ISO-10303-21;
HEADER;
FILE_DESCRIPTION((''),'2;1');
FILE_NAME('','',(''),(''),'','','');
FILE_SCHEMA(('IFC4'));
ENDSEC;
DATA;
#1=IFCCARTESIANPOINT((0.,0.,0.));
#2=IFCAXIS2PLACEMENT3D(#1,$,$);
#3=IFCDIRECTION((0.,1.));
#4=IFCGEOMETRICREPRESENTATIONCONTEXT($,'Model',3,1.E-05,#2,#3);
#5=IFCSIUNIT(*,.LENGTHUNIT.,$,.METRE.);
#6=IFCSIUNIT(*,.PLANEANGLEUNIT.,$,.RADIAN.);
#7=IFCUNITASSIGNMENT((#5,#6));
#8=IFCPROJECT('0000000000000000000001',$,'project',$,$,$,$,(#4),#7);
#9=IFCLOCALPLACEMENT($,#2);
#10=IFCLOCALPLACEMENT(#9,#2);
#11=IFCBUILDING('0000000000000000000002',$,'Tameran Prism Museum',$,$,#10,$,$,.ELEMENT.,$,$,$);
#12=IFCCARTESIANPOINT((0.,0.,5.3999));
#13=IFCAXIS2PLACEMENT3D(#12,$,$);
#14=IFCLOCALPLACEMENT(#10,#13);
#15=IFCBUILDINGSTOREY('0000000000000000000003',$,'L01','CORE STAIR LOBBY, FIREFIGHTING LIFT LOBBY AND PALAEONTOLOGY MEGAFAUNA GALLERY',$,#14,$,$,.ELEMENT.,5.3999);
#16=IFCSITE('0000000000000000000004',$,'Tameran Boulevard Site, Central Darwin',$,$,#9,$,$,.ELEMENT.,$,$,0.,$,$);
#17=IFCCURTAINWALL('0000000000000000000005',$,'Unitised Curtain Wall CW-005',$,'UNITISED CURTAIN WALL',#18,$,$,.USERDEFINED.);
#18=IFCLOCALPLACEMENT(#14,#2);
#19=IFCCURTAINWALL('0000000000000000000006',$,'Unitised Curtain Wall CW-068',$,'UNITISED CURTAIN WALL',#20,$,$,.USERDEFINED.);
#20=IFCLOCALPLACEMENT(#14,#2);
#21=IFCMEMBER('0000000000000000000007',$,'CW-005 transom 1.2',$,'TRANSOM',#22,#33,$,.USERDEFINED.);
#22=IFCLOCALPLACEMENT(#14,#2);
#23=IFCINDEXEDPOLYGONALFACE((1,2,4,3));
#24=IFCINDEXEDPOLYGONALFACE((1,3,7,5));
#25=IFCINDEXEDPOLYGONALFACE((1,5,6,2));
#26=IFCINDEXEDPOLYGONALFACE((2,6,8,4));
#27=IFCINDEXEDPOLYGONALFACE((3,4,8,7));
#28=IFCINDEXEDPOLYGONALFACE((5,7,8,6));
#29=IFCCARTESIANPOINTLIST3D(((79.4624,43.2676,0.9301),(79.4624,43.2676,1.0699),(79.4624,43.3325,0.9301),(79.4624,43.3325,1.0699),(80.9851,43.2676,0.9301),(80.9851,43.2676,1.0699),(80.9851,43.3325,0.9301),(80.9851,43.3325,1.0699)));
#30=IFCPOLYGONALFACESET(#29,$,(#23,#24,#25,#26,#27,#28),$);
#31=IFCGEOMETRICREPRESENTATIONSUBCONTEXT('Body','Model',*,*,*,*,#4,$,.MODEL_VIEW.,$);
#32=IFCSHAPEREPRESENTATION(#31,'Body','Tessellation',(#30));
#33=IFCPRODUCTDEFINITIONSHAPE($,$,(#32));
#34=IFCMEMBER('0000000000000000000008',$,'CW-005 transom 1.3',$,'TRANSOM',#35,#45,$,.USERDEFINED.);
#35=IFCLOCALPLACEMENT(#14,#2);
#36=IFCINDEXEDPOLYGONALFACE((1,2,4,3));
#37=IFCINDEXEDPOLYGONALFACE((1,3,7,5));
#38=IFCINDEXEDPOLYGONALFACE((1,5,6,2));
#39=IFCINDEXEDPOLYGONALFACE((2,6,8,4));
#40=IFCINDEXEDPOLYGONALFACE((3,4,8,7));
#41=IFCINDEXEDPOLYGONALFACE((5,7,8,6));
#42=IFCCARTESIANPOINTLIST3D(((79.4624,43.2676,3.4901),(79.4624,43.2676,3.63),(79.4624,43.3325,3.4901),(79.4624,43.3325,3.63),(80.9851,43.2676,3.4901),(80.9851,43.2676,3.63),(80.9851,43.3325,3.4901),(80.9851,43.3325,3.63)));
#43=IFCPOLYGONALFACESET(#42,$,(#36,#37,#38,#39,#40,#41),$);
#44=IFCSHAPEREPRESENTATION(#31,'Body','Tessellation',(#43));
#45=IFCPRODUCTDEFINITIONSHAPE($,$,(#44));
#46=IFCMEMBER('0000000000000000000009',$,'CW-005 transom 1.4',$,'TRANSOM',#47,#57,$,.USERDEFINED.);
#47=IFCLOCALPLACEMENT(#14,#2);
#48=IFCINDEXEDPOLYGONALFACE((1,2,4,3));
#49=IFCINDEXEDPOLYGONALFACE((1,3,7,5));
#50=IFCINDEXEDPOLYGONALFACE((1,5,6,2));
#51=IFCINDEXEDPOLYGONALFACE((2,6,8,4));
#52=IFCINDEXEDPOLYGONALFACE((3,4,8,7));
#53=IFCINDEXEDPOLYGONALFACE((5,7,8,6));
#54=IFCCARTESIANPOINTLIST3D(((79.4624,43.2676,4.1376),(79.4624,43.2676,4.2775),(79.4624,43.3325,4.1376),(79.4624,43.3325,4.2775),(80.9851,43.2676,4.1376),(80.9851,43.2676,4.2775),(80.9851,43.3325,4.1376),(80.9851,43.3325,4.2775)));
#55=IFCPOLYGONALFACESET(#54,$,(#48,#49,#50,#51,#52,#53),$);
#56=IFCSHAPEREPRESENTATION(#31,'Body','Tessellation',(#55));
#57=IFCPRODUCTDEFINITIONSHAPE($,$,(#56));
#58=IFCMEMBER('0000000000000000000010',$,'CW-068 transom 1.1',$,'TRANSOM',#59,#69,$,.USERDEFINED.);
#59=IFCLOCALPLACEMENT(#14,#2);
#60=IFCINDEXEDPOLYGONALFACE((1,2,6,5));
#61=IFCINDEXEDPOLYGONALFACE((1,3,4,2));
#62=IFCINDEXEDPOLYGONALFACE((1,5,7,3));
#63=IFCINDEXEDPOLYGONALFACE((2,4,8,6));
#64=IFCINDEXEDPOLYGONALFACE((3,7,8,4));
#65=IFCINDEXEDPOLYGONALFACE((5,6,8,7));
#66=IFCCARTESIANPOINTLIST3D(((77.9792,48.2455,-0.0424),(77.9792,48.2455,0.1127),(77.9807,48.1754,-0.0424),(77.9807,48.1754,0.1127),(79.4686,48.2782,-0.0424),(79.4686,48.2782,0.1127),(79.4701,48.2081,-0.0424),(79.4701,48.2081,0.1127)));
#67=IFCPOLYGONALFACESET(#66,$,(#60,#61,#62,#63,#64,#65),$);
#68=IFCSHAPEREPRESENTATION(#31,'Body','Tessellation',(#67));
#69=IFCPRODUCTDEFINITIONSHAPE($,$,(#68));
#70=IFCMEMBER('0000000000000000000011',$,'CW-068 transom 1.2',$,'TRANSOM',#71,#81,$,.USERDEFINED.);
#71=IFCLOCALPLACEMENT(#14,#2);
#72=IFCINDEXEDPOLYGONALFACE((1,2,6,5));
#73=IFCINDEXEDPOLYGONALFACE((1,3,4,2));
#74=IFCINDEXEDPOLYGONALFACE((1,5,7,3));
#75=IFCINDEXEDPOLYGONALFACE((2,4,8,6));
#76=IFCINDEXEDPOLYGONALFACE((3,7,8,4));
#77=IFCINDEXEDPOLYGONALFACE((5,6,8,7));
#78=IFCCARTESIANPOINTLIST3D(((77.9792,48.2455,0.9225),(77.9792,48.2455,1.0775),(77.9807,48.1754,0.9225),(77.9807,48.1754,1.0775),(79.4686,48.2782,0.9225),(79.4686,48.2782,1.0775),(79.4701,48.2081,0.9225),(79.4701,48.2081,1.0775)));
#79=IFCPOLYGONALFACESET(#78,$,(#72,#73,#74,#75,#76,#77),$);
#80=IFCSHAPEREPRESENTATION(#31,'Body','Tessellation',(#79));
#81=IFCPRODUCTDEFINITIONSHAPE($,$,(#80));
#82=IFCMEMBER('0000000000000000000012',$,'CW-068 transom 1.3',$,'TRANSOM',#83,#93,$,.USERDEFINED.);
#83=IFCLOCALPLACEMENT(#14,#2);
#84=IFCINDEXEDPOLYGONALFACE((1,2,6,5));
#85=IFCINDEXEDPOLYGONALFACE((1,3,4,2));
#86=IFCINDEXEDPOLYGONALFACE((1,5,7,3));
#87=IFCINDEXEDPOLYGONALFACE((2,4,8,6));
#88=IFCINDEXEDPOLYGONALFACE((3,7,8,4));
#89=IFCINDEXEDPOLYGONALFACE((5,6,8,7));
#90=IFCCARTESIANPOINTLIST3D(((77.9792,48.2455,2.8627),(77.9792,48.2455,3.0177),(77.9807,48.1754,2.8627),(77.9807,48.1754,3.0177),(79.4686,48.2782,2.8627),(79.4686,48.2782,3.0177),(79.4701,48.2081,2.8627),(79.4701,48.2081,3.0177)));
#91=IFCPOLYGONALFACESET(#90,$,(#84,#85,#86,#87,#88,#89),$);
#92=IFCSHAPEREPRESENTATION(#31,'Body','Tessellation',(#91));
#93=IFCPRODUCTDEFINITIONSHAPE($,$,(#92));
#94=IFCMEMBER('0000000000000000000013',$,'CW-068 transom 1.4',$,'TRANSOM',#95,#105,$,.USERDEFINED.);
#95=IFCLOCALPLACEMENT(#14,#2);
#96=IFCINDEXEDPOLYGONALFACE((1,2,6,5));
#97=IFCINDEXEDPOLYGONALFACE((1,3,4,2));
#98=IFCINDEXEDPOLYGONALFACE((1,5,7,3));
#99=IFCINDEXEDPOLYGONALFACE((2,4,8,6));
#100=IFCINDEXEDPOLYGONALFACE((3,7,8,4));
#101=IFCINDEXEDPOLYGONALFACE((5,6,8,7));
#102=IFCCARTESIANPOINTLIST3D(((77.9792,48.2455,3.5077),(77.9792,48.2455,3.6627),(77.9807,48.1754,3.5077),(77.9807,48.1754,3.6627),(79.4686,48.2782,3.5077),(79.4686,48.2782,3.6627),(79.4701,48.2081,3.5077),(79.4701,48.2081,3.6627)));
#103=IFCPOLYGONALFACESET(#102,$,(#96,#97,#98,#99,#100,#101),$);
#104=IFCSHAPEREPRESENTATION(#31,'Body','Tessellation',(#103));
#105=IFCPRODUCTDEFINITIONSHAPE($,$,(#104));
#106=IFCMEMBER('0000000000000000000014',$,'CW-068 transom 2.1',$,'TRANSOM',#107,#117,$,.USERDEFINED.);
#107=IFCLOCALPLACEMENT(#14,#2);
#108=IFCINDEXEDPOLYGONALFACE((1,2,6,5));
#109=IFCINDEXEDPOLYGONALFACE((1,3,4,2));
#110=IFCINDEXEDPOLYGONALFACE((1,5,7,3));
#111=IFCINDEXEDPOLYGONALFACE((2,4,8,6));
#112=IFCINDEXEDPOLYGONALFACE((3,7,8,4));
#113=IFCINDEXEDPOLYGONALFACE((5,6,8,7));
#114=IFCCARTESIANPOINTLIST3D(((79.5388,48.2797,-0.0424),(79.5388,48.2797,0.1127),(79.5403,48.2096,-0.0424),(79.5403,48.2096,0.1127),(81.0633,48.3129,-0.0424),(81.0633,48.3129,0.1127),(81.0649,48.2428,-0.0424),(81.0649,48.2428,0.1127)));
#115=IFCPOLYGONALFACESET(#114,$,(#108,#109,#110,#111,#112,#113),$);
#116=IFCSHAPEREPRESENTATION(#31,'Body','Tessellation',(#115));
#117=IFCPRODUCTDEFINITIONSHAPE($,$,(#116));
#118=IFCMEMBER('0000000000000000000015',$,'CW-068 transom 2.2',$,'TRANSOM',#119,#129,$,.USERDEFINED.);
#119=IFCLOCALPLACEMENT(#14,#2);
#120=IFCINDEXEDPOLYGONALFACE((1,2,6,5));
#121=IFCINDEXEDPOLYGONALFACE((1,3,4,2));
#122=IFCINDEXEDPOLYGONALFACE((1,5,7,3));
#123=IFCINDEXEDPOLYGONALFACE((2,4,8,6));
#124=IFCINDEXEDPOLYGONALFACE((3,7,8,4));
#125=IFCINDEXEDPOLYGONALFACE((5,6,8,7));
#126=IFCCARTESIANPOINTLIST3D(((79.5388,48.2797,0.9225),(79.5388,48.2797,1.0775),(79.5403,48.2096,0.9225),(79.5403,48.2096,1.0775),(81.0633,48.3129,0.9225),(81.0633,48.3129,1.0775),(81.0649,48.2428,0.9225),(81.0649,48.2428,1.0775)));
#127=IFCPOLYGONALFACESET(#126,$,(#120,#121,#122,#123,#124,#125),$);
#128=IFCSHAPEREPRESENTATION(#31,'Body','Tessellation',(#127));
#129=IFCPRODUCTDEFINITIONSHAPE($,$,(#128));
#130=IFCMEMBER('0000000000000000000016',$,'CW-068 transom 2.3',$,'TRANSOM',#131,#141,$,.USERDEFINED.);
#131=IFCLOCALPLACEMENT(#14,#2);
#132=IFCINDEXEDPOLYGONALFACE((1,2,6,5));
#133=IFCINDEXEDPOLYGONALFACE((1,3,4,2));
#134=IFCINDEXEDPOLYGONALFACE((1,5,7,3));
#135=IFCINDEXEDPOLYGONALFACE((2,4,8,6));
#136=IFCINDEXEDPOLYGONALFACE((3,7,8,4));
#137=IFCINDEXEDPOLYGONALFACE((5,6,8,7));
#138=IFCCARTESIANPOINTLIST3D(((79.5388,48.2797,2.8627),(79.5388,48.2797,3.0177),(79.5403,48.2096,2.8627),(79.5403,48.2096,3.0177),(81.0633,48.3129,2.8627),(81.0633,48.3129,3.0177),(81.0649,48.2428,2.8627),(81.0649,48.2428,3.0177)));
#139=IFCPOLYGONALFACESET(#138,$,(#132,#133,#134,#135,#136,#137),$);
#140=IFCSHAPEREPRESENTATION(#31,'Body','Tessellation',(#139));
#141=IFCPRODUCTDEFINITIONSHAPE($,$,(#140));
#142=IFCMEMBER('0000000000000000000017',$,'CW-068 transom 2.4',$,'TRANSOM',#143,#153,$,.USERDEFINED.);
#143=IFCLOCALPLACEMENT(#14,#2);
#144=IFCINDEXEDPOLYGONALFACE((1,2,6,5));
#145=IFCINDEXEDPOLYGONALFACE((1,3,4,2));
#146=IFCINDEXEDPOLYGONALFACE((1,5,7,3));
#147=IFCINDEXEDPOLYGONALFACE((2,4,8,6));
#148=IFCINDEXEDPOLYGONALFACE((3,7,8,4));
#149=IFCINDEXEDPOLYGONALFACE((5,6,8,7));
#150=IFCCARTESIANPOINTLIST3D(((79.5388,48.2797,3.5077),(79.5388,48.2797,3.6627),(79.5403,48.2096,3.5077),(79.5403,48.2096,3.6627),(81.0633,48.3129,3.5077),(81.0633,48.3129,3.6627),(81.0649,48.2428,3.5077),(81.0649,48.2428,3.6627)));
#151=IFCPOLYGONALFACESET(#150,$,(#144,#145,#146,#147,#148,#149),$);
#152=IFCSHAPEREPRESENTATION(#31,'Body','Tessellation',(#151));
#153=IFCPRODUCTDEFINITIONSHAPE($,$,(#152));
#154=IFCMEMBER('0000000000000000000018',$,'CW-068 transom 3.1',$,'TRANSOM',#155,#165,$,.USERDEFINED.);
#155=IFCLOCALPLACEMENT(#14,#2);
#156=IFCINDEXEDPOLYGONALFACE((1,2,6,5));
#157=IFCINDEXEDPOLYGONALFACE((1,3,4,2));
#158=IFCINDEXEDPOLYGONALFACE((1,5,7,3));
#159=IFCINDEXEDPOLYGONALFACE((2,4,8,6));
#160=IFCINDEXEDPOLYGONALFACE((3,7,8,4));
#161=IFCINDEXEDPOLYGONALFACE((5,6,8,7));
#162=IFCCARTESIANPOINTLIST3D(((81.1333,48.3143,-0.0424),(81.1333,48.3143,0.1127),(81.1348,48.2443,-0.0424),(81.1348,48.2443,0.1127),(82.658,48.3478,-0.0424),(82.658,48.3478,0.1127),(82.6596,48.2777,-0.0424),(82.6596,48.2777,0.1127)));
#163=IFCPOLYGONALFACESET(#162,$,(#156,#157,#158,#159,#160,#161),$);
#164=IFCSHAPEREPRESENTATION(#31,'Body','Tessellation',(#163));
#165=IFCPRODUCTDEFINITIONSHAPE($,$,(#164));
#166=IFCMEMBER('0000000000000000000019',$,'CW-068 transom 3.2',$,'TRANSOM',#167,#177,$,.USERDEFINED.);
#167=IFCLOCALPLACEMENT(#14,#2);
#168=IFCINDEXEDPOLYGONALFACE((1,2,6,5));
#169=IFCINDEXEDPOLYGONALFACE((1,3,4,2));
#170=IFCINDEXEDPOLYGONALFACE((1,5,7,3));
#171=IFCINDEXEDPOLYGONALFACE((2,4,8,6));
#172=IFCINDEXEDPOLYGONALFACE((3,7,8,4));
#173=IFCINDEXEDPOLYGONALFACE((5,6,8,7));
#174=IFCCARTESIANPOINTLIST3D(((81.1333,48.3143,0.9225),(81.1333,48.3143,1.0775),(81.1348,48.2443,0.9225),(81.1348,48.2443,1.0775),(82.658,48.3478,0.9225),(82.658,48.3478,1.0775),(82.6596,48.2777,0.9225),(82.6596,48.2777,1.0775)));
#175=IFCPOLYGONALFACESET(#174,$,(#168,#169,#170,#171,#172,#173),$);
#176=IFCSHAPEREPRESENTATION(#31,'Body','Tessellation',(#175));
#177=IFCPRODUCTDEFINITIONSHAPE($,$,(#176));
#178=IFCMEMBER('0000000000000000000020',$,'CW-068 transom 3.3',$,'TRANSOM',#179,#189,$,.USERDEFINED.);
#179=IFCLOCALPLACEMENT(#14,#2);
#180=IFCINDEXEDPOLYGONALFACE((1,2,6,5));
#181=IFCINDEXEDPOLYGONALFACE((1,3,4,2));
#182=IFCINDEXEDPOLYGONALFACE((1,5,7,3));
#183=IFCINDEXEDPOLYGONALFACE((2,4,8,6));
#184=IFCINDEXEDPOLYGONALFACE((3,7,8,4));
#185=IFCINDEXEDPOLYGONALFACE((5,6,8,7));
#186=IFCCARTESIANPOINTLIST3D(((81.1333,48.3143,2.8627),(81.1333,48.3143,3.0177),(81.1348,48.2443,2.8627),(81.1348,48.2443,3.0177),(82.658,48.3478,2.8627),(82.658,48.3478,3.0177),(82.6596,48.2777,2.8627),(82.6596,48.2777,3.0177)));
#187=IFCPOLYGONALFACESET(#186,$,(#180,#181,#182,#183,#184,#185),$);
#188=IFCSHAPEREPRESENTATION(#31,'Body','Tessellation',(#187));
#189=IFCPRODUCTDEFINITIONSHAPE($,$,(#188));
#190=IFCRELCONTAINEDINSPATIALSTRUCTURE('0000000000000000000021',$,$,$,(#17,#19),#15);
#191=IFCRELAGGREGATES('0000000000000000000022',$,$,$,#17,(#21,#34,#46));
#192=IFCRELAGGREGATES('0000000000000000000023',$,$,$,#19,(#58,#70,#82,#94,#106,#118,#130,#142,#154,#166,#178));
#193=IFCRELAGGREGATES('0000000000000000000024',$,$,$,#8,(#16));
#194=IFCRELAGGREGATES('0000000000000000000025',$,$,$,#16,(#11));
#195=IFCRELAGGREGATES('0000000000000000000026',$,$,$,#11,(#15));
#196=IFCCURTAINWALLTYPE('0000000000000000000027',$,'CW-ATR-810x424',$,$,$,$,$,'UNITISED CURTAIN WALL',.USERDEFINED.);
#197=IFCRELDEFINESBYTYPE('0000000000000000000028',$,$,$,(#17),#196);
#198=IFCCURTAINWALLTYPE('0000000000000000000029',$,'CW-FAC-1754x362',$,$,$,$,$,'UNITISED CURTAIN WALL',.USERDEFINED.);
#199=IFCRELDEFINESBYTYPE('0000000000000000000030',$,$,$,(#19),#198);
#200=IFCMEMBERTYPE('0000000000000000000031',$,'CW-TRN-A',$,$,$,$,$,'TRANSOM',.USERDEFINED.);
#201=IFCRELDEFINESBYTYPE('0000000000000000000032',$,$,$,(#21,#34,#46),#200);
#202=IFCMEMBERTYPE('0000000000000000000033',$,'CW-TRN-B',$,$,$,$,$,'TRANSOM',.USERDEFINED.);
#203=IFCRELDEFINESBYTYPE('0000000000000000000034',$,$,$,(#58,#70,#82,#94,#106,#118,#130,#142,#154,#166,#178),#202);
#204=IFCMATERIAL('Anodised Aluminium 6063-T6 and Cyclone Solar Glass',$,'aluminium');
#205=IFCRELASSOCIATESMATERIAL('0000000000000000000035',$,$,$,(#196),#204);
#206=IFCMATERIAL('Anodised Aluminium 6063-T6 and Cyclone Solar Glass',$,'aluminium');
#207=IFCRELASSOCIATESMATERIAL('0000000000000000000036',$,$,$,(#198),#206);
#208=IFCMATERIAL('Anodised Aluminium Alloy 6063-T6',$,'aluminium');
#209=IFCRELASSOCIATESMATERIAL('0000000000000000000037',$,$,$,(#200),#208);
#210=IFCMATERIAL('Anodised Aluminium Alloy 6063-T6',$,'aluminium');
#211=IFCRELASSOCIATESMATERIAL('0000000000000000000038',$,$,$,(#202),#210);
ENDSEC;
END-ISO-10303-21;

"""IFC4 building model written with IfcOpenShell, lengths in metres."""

from ifc_helpers import new_model, si_unit, direction, frame, origin, origin_2d, place, context, subcontext, project, spatial, rectangle, extrude, material, material_profile, profile_set, type_object, element, aggregate, save


model = new_model("IFC4")

# Units and contexts
model_context = context("Model", 3, precision=1e-05, world=origin(), true_north=direction((0.0, 1.0)))
body_context = subcontext(model_context, "Body", "Model", "MODEL_VIEW")
ifc_project = project(units=[si_unit("LENGTHUNIT", "METRE"), si_unit("PLANEANGLEUNIT", "RADIAN")], contexts=[model_context])

# Site, building, storey
site_placement = place(None, origin())
site = spatial("IfcSite", under=ifc_project, at=site_placement, Name="Tameran Boulevard Site, Central Darwin", CompositionType="ELEMENT", RefElevation=0.0)
building_placement = place(site_placement, origin())
building = spatial("IfcBuilding", under=site, at=building_placement, Name="Tameran Prism Museum", CompositionType="ELEMENT")
storey_placement = place(building_placement, frame((0.0, 0.0, 5.3999)))
storey = spatial("IfcBuildingStorey", under=building, at=storey_placement, Name="L01", Description="CORE STAIR LOBBY, FIREFIGHTING LIFT LOBBY AND PALAEONTOLOGY MEGAFAUNA GALLERY", CompositionType="ELEMENT", Elevation=5.3999)

# Curtain wall
ifc_material_1 = material(Name="Anodised Aluminium 6063-T6 and Cyclone Solar Glass", Category="aluminium")
curtain_wall_type_1 = type_object("IfcCurtainWallType", Name="CW-ATR-810x424", ElementType="UNITISED CURTAIN WALL", PredefinedType="USERDEFINED", material=ifc_material_1)
curtain_wall_1_placement = place(storey_placement, origin())
curtain_wall_1 = element("IfcCurtainWall", 1, at=curtain_wall_1_placement, inside=storey, type_object=curtain_wall_type_1, Name="Unitised Curtain Wall CW-005", ObjectType="UNITISED CURTAIN WALL", PredefinedType="USERDEFINED")

# Curtain wall
ifc_material_2 = material(Name="Anodised Aluminium 6063-T6 and Cyclone Solar Glass", Category="aluminium")
curtain_wall_type_2 = type_object("IfcCurtainWallType", Name="CW-FAC-1754x362", ElementType="UNITISED CURTAIN WALL", PredefinedType="USERDEFINED", material=ifc_material_2)
curtain_wall_2_placement = place(storey_placement, origin())
curtain_wall_2 = element("IfcCurtainWall", 2, at=curtain_wall_2_placement, inside=storey, type_object=curtain_wall_type_2, Name="Unitised Curtain Wall CW-068", ObjectType="UNITISED CURTAIN WALL", PredefinedType="USERDEFINED")

# Members
ifc_material_3 = material(Name="Anodised Aluminium Alloy 6063-T6", Category="aluminium")
ifc_material_profile_1 = material_profile(ifc_material_3, rectangle(XDim=0.0649, YDim=0.1399, at=origin_2d()))
ifc_profile_set_1 = profile_set([ifc_material_profile_1])
member_type_1 = type_object("IfcMemberType", Name="CW-TRN-A", ElementType="TRANSOM", PredefinedType="USERDEFINED", material=ifc_profile_set_1)
member_1_placement = place(storey_placement, frame((80.9851, 43.3, 1.0), z_axis=(-1.0, 0.0, 0.0), x_axis=(0.0, -1.0, 0.0)))
member_1 = element("IfcMember", 3, at=member_1_placement, type_object=member_type_1, Name="CW-005 transom 1.2", ObjectType="TRANSOM", PredefinedType="USERDEFINED", context=body_context, shape_type="SweptSolid", body=[
    extrude(rectangle(XDim=0.0649, YDim=0.1399, at=origin_2d()), origin(), (0.0, 0.0, 1.0), 1.5227),
])
member_2_placement = place(storey_placement, frame((80.9851, 43.3, 3.5601), z_axis=(-1.0, 0.0, 0.0), x_axis=(0.0, -1.0, 0.0)))
member_2 = element("IfcMember", 4, at=member_2_placement, type_object=member_type_1, Name="CW-005 transom 1.3", ObjectType="TRANSOM", PredefinedType="USERDEFINED", context=body_context, shape_type="SweptSolid", body=[
    extrude(rectangle(XDim=0.0649, YDim=0.1399, at=origin_2d()), origin(), (0.0, 0.0, 1.0), 1.5227),
])
member_3_placement = place(storey_placement, frame((80.9851, 43.3, 4.2075), z_axis=(-1.0, 0.0, 0.0), x_axis=(0.0, -1.0, 0.0)))
member_3 = element("IfcMember", 5, at=member_3_placement, type_object=member_type_1, Name="CW-005 transom 1.4", ObjectType="TRANSOM", PredefinedType="USERDEFINED", context=body_context, shape_type="SweptSolid", body=[
    extrude(rectangle(XDim=0.0649, YDim=0.1399, at=origin_2d()), origin(), (0.0, 0.0, 1.0), 1.5227),
])
aggregate(curtain_wall_1, [member_1, member_2, member_3])
ifc_material_4 = material(Name="Anodised Aluminium Alloy 6063-T6", Category="aluminium")
ifc_material_profile_2 = material_profile(ifc_material_4, rectangle(XDim=0.0701, YDim=0.155, at=origin_2d()))
ifc_profile_set_2 = profile_set([ifc_material_profile_2])
member_type_2 = type_object("IfcMemberType", Name="CW-TRN-B", ElementType="TRANSOM", PredefinedType="USERDEFINED", material=ifc_profile_set_2)
member_4_placement = place(storey_placement, frame((77.98, 48.2104, 0.0352), z_axis=(0.999759, 0.021958, 0.0), x_axis=(-0.021958, 0.999759, 0.0)))
member_4 = element("IfcMember", 6, at=member_4_placement, type_object=member_type_2, Name="CW-068 transom 1.1", ObjectType="TRANSOM", PredefinedType="USERDEFINED", context=body_context, shape_type="SweptSolid", body=[
    extrude(rectangle(XDim=0.0701, YDim=0.155, at=origin_2d()), origin(), (0.0, 0.0, 1.0), 1.4897),
])
member_5_placement = place(storey_placement, frame((77.98, 48.2104, 1.0), z_axis=(0.999759, 0.021958, 0.0), x_axis=(-0.021958, 0.999759, 0.0)))
member_5 = element("IfcMember", 7, at=member_5_placement, type_object=member_type_2, Name="CW-068 transom 1.2", ObjectType="TRANSOM", PredefinedType="USERDEFINED", context=body_context, shape_type="SweptSolid", body=[
    extrude(rectangle(XDim=0.0701, YDim=0.155, at=origin_2d()), origin(), (0.0, 0.0, 1.0), 1.4897),
])
member_6_placement = place(storey_placement, frame((77.98, 48.2104, 2.9402), z_axis=(0.999759, 0.021958, 0.0), x_axis=(-0.021958, 0.999759, 0.0)))
member_6 = element("IfcMember", 8, at=member_6_placement, type_object=member_type_2, Name="CW-068 transom 1.3", ObjectType="TRANSOM", PredefinedType="USERDEFINED", context=body_context, shape_type="SweptSolid", body=[
    extrude(rectangle(XDim=0.0701, YDim=0.155, at=origin_2d()), origin(), (0.0, 0.0, 1.0), 1.4897),
])
member_7_placement = place(storey_placement, frame((77.98, 48.2104, 3.5852), z_axis=(0.999759, 0.021958, 0.0), x_axis=(-0.021958, 0.999759, 0.0)))
member_7 = element("IfcMember", 9, at=member_7_placement, type_object=member_type_2, Name="CW-068 transom 1.4", ObjectType="TRANSOM", PredefinedType="USERDEFINED", context=body_context, shape_type="SweptSolid", body=[
    extrude(rectangle(XDim=0.0701, YDim=0.155, at=origin_2d()), origin(), (0.0, 0.0, 1.0), 1.4897),
])
member_8_placement = place(storey_placement, frame((79.5396, 48.2446, 0.0352), z_axis=(0.999763, 0.021772, 0.0), x_axis=(-0.021772, 0.999763, 0.0)))
member_8 = element("IfcMember", 10, at=member_8_placement, type_object=member_type_2, Name="CW-068 transom 2.1", ObjectType="TRANSOM", PredefinedType="USERDEFINED", context=body_context, shape_type="SweptSolid", body=[
    extrude(rectangle(XDim=0.0701, YDim=0.155, at=origin_2d()), origin(), (0.0, 0.0, 1.0), 1.5249),
])
member_9_placement = place(storey_placement, frame((79.5396, 48.2446, 1.0), z_axis=(0.999763, 0.021772, 0.0), x_axis=(-0.021772, 0.999763, 0.0)))
member_9 = element("IfcMember", 11, at=member_9_placement, type_object=member_type_2, Name="CW-068 transom 2.2", ObjectType="TRANSOM", PredefinedType="USERDEFINED", context=body_context, shape_type="SweptSolid", body=[
    extrude(rectangle(XDim=0.0701, YDim=0.155, at=origin_2d()), origin(), (0.0, 0.0, 1.0), 1.5249),
])
member_10_placement = place(storey_placement, frame((79.5396, 48.2446, 2.9402), z_axis=(0.999763, 0.021772, 0.0), x_axis=(-0.021772, 0.999763, 0.0)))
member_10 = element("IfcMember", 12, at=member_10_placement, type_object=member_type_2, Name="CW-068 transom 2.3", ObjectType="TRANSOM", PredefinedType="USERDEFINED", context=body_context, shape_type="SweptSolid", body=[
    extrude(rectangle(XDim=0.0701, YDim=0.155, at=origin_2d()), origin(), (0.0, 0.0, 1.0), 1.5249),
])
member_11_placement = place(storey_placement, frame((79.5396, 48.2446, 3.5852), z_axis=(0.999763, 0.021772, 0.0), x_axis=(-0.021772, 0.999763, 0.0)))
member_11 = element("IfcMember", 13, at=member_11_placement, type_object=member_type_2, Name="CW-068 transom 2.4", ObjectType="TRANSOM", PredefinedType="USERDEFINED", context=body_context, shape_type="SweptSolid", body=[
    extrude(rectangle(XDim=0.0701, YDim=0.155, at=origin_2d()), origin(), (0.0, 0.0, 1.0), 1.5249),
])
member_12_placement = place(storey_placement, frame((81.134, 48.2793, 0.0352), z_axis=(0.999759, 0.021932, 0.0), x_axis=(-0.021932, 0.999759, 0.0)))
member_12 = element("IfcMember", 14, at=member_12_placement, type_object=member_type_2, Name="CW-068 transom 3.1", ObjectType="TRANSOM", PredefinedType="USERDEFINED", context=body_context, shape_type="SweptSolid", body=[
    extrude(rectangle(XDim=0.0701, YDim=0.155, at=origin_2d()), origin(), (0.0, 0.0, 1.0), 1.5251),
])
member_13_placement = place(storey_placement, frame((81.134, 48.2793, 1.0), z_axis=(0.999759, 0.021932, 0.0), x_axis=(-0.021932, 0.999759, 0.0)))
member_13 = element("IfcMember", 15, at=member_13_placement, type_object=member_type_2, Name="CW-068 transom 3.2", ObjectType="TRANSOM", PredefinedType="USERDEFINED", context=body_context, shape_type="SweptSolid", body=[
    extrude(rectangle(XDim=0.0701, YDim=0.155, at=origin_2d()), origin(), (0.0, 0.0, 1.0), 1.5251),
])
member_14_placement = place(storey_placement, frame((81.134, 48.2793, 2.9402), z_axis=(0.999759, 0.021932, 0.0), x_axis=(-0.021932, 0.999759, 0.0)))
member_14 = element("IfcMember", 16, at=member_14_placement, type_object=member_type_2, Name="CW-068 transom 3.3", ObjectType="TRANSOM", PredefinedType="USERDEFINED", context=body_context, shape_type="SweptSolid", body=[
    extrude(rectangle(XDim=0.0701, YDim=0.155, at=origin_2d()), origin(), (0.0, 0.0, 1.0), 1.5251),
])

aggregate(curtain_wall_2, [member_4, member_5, member_6, member_7, member_8, member_9, member_10, member_11, member_12, member_13, member_14])

save(model, "model.ifc")
